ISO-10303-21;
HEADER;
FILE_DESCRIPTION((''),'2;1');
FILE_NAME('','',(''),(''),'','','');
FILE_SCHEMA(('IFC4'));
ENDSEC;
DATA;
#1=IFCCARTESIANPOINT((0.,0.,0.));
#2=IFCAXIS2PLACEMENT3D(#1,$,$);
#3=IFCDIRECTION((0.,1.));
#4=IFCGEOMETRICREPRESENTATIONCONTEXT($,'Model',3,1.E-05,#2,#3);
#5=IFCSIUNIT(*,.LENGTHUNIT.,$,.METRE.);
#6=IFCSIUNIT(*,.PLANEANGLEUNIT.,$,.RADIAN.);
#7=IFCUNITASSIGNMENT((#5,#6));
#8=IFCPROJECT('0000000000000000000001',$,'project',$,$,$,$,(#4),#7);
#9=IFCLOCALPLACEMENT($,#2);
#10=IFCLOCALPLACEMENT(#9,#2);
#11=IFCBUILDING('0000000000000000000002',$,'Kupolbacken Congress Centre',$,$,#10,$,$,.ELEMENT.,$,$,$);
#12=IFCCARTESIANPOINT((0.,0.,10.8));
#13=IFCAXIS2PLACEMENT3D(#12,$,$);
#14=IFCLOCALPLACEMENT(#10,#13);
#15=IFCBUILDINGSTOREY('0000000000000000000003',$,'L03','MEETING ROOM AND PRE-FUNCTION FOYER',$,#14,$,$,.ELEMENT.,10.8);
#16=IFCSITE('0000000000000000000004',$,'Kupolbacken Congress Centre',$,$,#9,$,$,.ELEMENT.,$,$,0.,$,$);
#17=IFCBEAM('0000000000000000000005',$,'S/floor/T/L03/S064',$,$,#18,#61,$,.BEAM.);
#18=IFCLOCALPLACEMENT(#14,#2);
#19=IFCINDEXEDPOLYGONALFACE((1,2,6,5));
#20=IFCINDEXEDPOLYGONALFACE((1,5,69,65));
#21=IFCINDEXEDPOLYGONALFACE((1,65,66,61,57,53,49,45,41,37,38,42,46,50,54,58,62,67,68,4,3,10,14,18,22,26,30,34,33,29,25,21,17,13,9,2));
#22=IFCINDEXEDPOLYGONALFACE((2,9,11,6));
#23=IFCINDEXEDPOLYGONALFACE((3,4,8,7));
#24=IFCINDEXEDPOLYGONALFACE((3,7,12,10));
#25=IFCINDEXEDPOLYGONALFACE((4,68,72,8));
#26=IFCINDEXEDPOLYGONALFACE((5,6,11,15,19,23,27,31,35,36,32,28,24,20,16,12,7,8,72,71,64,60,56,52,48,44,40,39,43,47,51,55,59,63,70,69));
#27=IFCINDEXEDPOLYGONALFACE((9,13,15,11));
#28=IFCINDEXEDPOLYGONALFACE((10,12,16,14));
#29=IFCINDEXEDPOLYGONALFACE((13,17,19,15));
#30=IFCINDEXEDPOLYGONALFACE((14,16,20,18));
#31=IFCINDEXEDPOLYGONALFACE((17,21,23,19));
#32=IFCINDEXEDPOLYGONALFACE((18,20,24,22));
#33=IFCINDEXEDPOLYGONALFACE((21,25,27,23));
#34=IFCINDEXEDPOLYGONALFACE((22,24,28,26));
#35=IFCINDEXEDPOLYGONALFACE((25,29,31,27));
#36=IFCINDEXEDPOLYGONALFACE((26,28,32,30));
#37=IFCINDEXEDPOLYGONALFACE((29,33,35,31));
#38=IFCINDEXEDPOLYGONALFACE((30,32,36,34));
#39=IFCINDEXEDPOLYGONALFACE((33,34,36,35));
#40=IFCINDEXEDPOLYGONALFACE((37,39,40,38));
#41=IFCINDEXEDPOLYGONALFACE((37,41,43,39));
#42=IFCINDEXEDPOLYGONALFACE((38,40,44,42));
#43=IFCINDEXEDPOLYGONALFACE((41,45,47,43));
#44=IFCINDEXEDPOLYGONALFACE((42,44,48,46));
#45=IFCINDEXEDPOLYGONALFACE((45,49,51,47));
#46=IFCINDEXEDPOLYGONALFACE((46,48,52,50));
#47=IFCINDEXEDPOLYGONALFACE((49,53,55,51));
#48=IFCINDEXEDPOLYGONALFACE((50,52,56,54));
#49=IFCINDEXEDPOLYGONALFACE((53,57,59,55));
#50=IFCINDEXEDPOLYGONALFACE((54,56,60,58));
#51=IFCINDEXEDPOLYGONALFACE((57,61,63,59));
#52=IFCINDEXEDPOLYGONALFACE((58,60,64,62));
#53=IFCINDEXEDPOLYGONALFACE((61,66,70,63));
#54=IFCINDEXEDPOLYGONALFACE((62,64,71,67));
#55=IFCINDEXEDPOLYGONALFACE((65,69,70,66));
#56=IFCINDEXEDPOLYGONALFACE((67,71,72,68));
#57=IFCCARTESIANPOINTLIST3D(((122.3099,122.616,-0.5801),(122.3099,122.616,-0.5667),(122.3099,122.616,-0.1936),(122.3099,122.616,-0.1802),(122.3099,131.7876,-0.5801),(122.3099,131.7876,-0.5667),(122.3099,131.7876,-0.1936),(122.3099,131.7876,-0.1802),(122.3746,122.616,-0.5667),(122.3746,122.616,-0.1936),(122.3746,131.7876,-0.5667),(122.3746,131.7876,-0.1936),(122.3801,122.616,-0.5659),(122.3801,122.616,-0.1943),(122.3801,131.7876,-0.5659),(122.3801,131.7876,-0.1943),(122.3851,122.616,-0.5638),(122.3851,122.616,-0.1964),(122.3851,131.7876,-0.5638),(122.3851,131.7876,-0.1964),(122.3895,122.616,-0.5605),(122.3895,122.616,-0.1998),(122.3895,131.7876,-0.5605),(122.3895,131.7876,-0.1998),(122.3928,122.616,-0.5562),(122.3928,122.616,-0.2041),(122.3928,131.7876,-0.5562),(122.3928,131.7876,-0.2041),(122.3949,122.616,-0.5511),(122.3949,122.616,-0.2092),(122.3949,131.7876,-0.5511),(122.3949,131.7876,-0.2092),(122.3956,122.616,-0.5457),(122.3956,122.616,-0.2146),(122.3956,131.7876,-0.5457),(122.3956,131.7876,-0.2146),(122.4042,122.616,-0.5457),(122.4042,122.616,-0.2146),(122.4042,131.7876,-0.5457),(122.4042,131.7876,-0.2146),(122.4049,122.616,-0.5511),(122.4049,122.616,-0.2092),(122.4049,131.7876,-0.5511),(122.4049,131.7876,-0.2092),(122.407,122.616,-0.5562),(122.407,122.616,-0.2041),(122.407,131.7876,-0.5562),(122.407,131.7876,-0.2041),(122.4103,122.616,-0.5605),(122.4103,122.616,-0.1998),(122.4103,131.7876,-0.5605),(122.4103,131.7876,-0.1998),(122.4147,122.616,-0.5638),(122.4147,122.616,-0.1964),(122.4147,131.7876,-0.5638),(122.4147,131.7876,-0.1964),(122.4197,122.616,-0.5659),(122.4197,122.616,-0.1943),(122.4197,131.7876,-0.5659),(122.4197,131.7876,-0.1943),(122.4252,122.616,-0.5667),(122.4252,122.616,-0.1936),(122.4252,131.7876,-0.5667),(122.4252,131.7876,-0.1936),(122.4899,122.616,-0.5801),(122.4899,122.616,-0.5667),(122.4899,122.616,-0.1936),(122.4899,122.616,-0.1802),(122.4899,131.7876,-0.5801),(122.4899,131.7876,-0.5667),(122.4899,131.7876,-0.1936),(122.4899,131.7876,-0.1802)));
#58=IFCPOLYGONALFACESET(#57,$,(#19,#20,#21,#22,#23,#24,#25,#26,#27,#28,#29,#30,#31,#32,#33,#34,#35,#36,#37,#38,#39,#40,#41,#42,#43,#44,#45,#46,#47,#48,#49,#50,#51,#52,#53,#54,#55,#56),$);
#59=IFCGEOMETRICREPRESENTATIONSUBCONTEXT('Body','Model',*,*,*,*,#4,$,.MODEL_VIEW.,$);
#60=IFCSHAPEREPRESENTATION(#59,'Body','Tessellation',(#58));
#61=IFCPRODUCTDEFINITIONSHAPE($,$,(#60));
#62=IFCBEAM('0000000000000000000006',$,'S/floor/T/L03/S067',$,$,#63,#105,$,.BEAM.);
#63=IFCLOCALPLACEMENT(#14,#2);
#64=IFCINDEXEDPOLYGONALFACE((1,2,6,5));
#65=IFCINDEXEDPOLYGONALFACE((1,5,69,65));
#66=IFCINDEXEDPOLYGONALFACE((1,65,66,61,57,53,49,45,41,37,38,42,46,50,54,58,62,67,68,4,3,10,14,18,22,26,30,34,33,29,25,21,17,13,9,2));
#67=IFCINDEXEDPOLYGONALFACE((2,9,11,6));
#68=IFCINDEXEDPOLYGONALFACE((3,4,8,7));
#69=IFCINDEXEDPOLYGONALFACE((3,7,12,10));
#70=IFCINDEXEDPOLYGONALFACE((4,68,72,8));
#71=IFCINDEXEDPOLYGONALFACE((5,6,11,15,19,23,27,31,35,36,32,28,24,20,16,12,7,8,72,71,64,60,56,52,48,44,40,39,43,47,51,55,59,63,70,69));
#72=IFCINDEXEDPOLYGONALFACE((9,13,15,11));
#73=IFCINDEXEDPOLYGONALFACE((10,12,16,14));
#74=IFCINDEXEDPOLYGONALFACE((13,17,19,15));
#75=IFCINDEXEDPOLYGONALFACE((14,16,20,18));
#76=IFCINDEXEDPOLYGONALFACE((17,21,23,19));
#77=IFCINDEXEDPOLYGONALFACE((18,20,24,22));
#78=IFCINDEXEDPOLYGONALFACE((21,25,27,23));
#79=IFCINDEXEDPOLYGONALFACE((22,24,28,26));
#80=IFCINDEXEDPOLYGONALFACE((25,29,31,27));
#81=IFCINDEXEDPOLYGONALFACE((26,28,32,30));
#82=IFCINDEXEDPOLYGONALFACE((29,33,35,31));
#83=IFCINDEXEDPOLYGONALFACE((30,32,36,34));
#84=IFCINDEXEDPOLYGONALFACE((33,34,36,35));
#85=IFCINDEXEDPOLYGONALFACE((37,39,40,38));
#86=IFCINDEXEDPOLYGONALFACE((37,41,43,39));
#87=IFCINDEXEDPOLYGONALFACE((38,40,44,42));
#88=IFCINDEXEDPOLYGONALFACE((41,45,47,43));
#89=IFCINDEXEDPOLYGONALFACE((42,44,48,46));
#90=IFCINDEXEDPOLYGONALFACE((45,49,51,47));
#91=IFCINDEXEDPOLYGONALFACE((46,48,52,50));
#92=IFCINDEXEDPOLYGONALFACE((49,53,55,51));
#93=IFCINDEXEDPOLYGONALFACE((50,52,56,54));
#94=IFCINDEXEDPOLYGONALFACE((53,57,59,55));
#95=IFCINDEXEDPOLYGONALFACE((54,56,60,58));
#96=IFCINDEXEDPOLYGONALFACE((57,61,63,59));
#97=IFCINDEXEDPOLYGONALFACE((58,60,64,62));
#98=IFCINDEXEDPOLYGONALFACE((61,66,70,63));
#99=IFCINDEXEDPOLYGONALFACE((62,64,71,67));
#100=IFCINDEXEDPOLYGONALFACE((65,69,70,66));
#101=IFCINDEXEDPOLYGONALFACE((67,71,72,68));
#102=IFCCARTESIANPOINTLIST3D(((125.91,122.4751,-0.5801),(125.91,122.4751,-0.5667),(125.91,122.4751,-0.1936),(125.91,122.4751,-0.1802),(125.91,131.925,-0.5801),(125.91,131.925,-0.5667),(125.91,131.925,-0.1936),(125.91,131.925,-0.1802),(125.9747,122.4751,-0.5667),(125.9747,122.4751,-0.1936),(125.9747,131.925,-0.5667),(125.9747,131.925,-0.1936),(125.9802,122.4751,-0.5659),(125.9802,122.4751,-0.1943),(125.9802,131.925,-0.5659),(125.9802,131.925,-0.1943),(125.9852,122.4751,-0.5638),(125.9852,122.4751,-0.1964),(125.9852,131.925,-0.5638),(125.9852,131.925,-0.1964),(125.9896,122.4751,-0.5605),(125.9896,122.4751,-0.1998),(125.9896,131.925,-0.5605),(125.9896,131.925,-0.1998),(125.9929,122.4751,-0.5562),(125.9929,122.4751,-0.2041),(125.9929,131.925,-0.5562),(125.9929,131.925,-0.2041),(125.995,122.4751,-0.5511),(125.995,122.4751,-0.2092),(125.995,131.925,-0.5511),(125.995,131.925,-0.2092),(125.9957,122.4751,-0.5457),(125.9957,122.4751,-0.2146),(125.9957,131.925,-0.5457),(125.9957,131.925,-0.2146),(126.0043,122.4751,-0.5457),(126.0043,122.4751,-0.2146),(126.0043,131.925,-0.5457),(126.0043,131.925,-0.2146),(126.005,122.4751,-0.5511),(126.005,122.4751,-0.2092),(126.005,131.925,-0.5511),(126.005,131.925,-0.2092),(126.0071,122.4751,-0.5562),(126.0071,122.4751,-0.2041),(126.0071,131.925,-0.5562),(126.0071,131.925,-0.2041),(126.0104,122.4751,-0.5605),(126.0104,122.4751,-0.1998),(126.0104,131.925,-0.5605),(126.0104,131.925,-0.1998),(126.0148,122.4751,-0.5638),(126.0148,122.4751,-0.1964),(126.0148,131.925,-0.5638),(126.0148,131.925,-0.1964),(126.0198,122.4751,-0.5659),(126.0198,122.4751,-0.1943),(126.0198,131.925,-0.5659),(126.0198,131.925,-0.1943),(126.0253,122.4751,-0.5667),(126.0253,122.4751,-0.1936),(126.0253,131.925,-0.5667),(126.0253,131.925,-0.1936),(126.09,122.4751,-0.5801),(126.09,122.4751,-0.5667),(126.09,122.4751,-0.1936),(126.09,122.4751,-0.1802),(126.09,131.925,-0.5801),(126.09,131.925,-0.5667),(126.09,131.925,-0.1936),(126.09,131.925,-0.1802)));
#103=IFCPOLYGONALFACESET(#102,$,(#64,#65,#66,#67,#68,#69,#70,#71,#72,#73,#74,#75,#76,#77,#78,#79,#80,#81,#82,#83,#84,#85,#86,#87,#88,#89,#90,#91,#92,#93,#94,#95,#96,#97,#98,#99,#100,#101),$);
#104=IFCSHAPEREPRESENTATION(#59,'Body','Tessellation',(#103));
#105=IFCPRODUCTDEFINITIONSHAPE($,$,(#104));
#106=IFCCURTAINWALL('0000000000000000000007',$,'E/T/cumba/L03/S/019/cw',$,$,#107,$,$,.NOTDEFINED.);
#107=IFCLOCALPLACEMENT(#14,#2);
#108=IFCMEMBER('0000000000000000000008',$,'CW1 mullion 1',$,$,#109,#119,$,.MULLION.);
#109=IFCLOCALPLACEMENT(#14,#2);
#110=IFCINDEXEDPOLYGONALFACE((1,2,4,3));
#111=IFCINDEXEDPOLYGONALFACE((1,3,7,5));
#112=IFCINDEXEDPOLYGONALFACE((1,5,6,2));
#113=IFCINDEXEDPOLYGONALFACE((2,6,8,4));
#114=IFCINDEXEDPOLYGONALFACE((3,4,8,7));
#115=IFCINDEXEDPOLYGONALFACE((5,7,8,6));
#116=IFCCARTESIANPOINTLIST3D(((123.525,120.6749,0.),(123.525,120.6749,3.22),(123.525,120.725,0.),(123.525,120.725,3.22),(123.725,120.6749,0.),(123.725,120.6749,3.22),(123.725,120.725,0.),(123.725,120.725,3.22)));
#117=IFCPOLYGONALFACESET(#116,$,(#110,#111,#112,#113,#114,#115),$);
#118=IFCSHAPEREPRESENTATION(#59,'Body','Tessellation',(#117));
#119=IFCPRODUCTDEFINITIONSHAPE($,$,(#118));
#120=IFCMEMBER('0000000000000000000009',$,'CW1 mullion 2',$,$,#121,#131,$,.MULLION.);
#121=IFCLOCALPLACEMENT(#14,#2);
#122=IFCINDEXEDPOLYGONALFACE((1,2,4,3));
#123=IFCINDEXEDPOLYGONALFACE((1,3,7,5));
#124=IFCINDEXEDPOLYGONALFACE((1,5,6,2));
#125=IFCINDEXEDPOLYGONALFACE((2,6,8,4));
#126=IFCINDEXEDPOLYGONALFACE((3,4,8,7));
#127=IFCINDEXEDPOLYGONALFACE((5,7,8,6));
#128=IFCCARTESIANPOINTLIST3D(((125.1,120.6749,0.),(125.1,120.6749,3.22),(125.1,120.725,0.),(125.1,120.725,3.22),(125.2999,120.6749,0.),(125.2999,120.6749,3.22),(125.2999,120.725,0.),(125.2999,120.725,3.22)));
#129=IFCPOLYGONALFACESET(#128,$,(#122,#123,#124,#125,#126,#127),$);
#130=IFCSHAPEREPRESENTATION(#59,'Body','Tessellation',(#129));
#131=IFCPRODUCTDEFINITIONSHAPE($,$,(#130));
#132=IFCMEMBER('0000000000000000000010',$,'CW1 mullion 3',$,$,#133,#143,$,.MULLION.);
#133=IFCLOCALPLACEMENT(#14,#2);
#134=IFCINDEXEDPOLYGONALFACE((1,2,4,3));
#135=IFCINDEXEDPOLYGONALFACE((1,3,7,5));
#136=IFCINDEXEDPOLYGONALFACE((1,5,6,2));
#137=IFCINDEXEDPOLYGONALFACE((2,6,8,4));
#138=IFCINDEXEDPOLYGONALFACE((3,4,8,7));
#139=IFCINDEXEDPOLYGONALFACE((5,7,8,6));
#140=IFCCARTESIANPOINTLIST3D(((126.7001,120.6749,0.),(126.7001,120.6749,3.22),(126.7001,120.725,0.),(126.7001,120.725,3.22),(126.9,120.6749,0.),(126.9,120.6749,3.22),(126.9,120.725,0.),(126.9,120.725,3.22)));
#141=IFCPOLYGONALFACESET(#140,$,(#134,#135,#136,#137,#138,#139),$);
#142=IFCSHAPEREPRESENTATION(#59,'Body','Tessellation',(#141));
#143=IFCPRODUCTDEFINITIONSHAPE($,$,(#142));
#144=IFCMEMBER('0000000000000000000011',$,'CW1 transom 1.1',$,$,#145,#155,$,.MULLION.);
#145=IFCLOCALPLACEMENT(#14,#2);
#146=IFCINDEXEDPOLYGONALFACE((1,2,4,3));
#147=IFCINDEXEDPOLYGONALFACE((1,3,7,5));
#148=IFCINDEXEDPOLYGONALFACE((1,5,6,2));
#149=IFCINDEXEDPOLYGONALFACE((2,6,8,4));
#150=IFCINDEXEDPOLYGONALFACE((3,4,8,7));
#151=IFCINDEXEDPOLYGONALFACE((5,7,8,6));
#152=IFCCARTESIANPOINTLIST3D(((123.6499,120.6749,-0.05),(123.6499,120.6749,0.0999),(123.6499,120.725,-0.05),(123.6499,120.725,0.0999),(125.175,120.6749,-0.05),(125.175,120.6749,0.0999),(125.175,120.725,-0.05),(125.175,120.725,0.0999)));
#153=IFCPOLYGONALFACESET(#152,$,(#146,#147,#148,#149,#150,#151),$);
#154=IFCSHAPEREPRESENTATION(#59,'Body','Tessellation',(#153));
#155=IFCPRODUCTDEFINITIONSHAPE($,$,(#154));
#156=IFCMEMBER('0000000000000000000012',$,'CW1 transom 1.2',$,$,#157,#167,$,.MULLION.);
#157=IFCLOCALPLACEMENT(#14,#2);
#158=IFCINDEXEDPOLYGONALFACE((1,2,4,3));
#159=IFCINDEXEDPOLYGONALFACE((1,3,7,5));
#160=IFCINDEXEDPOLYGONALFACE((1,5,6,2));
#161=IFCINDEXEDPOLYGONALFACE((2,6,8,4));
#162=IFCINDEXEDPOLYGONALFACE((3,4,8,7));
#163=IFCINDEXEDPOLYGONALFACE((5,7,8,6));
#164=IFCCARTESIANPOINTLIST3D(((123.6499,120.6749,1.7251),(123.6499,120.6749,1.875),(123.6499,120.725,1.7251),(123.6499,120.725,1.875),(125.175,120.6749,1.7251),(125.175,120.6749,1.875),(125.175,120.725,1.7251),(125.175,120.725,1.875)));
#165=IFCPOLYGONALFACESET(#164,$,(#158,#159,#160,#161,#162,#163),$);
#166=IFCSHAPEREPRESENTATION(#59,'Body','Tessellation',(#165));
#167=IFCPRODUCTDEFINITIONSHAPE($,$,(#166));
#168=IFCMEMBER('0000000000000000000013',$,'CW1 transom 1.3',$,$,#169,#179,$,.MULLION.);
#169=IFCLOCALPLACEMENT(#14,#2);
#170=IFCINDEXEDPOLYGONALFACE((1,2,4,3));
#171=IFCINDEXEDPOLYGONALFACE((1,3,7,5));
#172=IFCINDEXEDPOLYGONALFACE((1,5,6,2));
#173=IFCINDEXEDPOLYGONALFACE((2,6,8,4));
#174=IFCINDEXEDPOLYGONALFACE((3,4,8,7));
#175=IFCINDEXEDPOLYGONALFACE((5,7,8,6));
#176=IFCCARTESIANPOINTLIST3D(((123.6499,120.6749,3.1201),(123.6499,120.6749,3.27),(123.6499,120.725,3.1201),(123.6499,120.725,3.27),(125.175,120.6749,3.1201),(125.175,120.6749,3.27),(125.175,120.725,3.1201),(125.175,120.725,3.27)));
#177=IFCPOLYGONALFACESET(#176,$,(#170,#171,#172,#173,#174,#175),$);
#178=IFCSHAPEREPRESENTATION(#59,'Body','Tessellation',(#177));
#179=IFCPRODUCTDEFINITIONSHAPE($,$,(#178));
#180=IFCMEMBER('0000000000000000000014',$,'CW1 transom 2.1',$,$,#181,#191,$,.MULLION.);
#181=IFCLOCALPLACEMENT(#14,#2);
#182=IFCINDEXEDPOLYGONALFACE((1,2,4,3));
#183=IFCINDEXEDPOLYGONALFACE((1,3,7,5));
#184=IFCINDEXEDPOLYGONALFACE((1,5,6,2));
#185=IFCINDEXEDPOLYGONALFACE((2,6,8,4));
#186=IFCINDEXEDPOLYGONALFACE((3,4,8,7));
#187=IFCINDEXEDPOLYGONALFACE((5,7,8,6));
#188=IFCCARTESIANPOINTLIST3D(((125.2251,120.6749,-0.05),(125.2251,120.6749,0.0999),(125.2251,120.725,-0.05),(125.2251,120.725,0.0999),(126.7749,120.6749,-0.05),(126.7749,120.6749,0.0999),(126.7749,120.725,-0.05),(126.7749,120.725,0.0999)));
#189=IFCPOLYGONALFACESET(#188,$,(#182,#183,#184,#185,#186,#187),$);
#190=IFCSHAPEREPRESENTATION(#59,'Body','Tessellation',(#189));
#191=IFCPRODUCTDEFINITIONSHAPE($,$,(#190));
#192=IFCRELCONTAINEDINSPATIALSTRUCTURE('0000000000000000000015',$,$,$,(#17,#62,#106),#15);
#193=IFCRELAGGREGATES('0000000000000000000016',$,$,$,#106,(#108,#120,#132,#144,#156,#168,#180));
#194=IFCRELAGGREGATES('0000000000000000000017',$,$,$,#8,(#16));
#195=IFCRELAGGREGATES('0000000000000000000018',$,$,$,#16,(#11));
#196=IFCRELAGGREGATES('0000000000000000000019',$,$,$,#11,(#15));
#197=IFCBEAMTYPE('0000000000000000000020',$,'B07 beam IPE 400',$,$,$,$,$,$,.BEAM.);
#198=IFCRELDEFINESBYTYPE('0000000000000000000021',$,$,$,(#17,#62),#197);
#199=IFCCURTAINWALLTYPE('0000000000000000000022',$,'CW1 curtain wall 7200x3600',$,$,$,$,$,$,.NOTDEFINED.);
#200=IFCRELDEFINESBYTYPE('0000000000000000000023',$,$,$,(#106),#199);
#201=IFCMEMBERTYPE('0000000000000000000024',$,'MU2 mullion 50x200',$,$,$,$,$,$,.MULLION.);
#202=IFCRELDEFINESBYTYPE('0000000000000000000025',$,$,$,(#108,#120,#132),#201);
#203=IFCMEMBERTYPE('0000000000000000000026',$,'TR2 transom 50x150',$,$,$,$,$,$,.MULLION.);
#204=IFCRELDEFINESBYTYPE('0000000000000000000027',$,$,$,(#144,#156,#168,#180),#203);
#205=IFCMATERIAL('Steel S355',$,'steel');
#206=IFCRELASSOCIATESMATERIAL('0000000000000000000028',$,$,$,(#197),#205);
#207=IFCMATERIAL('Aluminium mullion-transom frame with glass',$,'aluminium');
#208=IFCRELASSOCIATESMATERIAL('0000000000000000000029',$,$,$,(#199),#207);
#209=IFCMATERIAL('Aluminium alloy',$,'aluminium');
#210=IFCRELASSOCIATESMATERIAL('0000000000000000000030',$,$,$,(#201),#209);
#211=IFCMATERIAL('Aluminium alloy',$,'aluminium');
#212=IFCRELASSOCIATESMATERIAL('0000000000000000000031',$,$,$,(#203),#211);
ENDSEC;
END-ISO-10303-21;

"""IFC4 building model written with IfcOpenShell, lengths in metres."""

from ifc_helpers import new_model, si_unit, direction, frame, origin, origin_2d, place, context, subcontext, project, spatial, rectangle, i_section, extrude, material, material_profile, profile_set, type_object, element, aggregate, save


model = new_model("IFC4")

# Units and contexts
model_context = context("Model", 3, precision=1e-05, world=origin(), true_north=direction((0.0, 1.0)))
body_context = subcontext(model_context, "Body", "Model", "MODEL_VIEW")
ifc_project = project(units=[si_unit("LENGTHUNIT", "METRE"), si_unit("PLANEANGLEUNIT", "RADIAN")], contexts=[model_context])

# Site, building, storey
site_placement = place(None, origin())
site = spatial("IfcSite", under=ifc_project, at=site_placement, Name="Kupolbacken Congress Centre", CompositionType="ELEMENT", RefElevation=0.0)
building_placement = place(site_placement, origin())
building = spatial("IfcBuilding", under=site, at=building_placement, Name="Kupolbacken Congress Centre", CompositionType="ELEMENT")
storey_placement = place(building_placement, frame((0.0, 0.0, 10.8)))
storey = spatial("IfcBuildingStorey", under=building, at=storey_placement, Name="L03", Description="MEETING ROOM AND PRE-FUNCTION FOYER", CompositionType="ELEMENT", Elevation=10.8)

# Beams
ifc_material_1 = material(Name="Steel S355", Category="steel")
ifc_material_profile_1 = material_profile(ifc_material_1, i_section(OverallWidth=0.1799, OverallDepth=0.3999, WebThickness=0.0085, FlangeThickness=0.0134, FilletRadius=0.021, at=origin_2d()), Name="IPE 400")
ifc_profile_set_1 = profile_set([ifc_material_profile_1], Name="Steel S355")
beam_type_1 = type_object("IfcBeamType", Name="B07 beam IPE 400", PredefinedType="BEAM", material=ifc_profile_set_1)
beam_1_placement = place(storey_placement, frame((122.3999, 122.616, -0.3801), z_axis=(0.0, 1.0, 0.0), x_axis=(-1.0, 0.0, 0.0)))
element("IfcBeam", 1, at=beam_1_placement, inside=storey, type_object=beam_type_1, Name="S/floor/T/L03/S064", PredefinedType="BEAM", context=body_context, shape_type="SweptSolid", body=[
    extrude(i_section(OverallWidth=0.1799, OverallDepth=0.3999, WebThickness=0.0085, FlangeThickness=0.0134, FilletRadius=0.021, at=origin_2d()), origin(), (0.0, 0.0, 1.0), 9.1716),
])
beam_2_placement = place(storey_placement, frame((126.0, 122.4751, -0.3801), z_axis=(0.0, 1.0, 0.0), x_axis=(-1.0, 0.0, 0.0)))
element("IfcBeam", 2, at=beam_2_placement, inside=storey, type_object=beam_type_1, Name="S/floor/T/L03/S067", PredefinedType="BEAM", context=body_context, shape_type="SweptSolid", body=[
    extrude(i_section(OverallWidth=0.1799, OverallDepth=0.3999, WebThickness=0.0085, FlangeThickness=0.0134, FilletRadius=0.021, at=origin_2d()), origin(), (0.0, 0.0, 1.0), 9.45),
])

# Curtain wall, members
ifc_material_2 = material(Name="Aluminium mullion-transom frame with glass", Category="aluminium")
curtain_wall_type = type_object("IfcCurtainWallType", Name="CW1 curtain wall 7200x3600", PredefinedType="NOTDEFINED", material=ifc_material_2)
curtain_wall_placement = place(storey_placement, origin())
curtain_wall = element("IfcCurtainWall", 3, at=curtain_wall_placement, inside=storey, type_object=curtain_wall_type, Name="E/T/cumba/L03/S/019/cw", PredefinedType="NOTDEFINED")
ifc_material_3 = material(Name="Aluminium alloy", Category="aluminium")
ifc_material_profile_2 = material_profile(ifc_material_3, rectangle(XDim=0.05, YDim=0.2, at=origin_2d()), Name="50 x 200")
ifc_profile_set_2 = profile_set([ifc_material_profile_2], Name="Aluminium alloy")
member_type_1 = type_object("IfcMemberType", Name="MU2 mullion 50x200", PredefinedType="MULLION", material=ifc_profile_set_2)
member_1_placement = place(storey_placement, frame((123.625, 120.7, 0.0), z_axis=(0.0, 0.0, 1.0), x_axis=(0.0, 1.0, 0.0)))
member_1 = element("IfcMember", 4, at=member_1_placement, type_object=member_type_1, Name="CW1 mullion 1", PredefinedType="MULLION", context=body_context, shape_type="SweptSolid", body=[
    extrude(rectangle(XDim=0.05, YDim=0.2, at=origin_2d()), origin(), (0.0, 0.0, 1.0), 3.22),
])
member_2_placement = place(storey_placement, frame((125.2, 120.7, 0.0), z_axis=(0.0, 0.0, 1.0), x_axis=(0.0, 1.0, 0.0)))
member_2 = element("IfcMember", 5, at=member_2_placement, type_object=member_type_1, Name="CW1 mullion 2", PredefinedType="MULLION", context=body_context, shape_type="SweptSolid", body=[
    extrude(rectangle(XDim=0.05, YDim=0.2, at=origin_2d()), origin(), (0.0, 0.0, 1.0), 3.22),
])
member_3_placement = place(storey_placement, frame((126.8, 120.7, 0.0), z_axis=(0.0, 0.0, 1.0), x_axis=(0.0, 1.0, 0.0)))
member_3 = element("IfcMember", 6, at=member_3_placement, type_object=member_type_1, Name="CW1 mullion 3", PredefinedType="MULLION", context=body_context, shape_type="SweptSolid", body=[
    extrude(rectangle(XDim=0.05, YDim=0.2, at=origin_2d()), origin(), (0.0, 0.0, 1.0), 3.22),
])
ifc_material_4 = material(Name="Aluminium alloy", Category="aluminium")
ifc_material_profile_3 = material_profile(ifc_material_4, rectangle(XDim=0.05, YDim=0.1499, at=origin_2d()), Name="50 x 150")
ifc_profile_set_3 = profile_set([ifc_material_profile_3], Name="Aluminium alloy")
member_type_2 = type_object("IfcMemberType", Name="TR2 transom 50x150", PredefinedType="MULLION", material=ifc_profile_set_3)
member_4_placement = place(storey_placement, frame((123.6499, 120.7, 0.0249), z_axis=(1.0, 0.0, 0.0), x_axis=(0.0, 1.0, 0.0)))
member_4 = element("IfcMember", 7, at=member_4_placement, type_object=member_type_2, Name="CW1 transom 1.1", PredefinedType="MULLION", context=body_context, shape_type="SweptSolid", body=[
    extrude(rectangle(XDim=0.05, YDim=0.1499, at=origin_2d()), origin(), (0.0, 0.0, 1.0), 1.5251),
])
member_5_placement = place(storey_placement, frame((123.6499, 120.7, 1.8), z_axis=(1.0, 0.0, 0.0), x_axis=(0.0, 1.0, 0.0)))
member_5 = element("IfcMember", 8, at=member_5_placement, type_object=member_type_2, Name="CW1 transom 1.2", PredefinedType="MULLION", context=body_context, shape_type="SweptSolid", body=[
    extrude(rectangle(XDim=0.05, YDim=0.1499, at=origin_2d()), origin(), (0.0, 0.0, 1.0), 1.5251),
])
member_6_placement = place(storey_placement, frame((123.6499, 120.7, 3.1951), z_axis=(1.0, 0.0, 0.0), x_axis=(0.0, 1.0, 0.0)))
member_6 = element("IfcMember", 9, at=member_6_placement, type_object=member_type_2, Name="CW1 transom 1.3", PredefinedType="MULLION", context=body_context, shape_type="SweptSolid", body=[
    extrude(rectangle(XDim=0.05, YDim=0.1499, at=origin_2d()), origin(), (0.0, 0.0, 1.0), 1.5251),
])
member_7_placement = place(storey_placement, frame((125.2251, 120.7, 0.0249), z_axis=(1.0, 0.0, 0.0), x_axis=(0.0, 1.0, 0.0)))
member_7 = element("IfcMember", 10, at=member_7_placement, type_object=member_type_2, Name="CW1 transom 2.1", PredefinedType="MULLION", context=body_context, shape_type="SweptSolid", body=[
    extrude(rectangle(XDim=0.05, YDim=0.1499, at=origin_2d()), origin(), (0.0, 0.0, 1.0), 1.5498),
])
aggregate(curtain_wall, [member_1, member_2, member_3, member_4, member_5, member_6, member_7])

save(model, "model.ifc")
